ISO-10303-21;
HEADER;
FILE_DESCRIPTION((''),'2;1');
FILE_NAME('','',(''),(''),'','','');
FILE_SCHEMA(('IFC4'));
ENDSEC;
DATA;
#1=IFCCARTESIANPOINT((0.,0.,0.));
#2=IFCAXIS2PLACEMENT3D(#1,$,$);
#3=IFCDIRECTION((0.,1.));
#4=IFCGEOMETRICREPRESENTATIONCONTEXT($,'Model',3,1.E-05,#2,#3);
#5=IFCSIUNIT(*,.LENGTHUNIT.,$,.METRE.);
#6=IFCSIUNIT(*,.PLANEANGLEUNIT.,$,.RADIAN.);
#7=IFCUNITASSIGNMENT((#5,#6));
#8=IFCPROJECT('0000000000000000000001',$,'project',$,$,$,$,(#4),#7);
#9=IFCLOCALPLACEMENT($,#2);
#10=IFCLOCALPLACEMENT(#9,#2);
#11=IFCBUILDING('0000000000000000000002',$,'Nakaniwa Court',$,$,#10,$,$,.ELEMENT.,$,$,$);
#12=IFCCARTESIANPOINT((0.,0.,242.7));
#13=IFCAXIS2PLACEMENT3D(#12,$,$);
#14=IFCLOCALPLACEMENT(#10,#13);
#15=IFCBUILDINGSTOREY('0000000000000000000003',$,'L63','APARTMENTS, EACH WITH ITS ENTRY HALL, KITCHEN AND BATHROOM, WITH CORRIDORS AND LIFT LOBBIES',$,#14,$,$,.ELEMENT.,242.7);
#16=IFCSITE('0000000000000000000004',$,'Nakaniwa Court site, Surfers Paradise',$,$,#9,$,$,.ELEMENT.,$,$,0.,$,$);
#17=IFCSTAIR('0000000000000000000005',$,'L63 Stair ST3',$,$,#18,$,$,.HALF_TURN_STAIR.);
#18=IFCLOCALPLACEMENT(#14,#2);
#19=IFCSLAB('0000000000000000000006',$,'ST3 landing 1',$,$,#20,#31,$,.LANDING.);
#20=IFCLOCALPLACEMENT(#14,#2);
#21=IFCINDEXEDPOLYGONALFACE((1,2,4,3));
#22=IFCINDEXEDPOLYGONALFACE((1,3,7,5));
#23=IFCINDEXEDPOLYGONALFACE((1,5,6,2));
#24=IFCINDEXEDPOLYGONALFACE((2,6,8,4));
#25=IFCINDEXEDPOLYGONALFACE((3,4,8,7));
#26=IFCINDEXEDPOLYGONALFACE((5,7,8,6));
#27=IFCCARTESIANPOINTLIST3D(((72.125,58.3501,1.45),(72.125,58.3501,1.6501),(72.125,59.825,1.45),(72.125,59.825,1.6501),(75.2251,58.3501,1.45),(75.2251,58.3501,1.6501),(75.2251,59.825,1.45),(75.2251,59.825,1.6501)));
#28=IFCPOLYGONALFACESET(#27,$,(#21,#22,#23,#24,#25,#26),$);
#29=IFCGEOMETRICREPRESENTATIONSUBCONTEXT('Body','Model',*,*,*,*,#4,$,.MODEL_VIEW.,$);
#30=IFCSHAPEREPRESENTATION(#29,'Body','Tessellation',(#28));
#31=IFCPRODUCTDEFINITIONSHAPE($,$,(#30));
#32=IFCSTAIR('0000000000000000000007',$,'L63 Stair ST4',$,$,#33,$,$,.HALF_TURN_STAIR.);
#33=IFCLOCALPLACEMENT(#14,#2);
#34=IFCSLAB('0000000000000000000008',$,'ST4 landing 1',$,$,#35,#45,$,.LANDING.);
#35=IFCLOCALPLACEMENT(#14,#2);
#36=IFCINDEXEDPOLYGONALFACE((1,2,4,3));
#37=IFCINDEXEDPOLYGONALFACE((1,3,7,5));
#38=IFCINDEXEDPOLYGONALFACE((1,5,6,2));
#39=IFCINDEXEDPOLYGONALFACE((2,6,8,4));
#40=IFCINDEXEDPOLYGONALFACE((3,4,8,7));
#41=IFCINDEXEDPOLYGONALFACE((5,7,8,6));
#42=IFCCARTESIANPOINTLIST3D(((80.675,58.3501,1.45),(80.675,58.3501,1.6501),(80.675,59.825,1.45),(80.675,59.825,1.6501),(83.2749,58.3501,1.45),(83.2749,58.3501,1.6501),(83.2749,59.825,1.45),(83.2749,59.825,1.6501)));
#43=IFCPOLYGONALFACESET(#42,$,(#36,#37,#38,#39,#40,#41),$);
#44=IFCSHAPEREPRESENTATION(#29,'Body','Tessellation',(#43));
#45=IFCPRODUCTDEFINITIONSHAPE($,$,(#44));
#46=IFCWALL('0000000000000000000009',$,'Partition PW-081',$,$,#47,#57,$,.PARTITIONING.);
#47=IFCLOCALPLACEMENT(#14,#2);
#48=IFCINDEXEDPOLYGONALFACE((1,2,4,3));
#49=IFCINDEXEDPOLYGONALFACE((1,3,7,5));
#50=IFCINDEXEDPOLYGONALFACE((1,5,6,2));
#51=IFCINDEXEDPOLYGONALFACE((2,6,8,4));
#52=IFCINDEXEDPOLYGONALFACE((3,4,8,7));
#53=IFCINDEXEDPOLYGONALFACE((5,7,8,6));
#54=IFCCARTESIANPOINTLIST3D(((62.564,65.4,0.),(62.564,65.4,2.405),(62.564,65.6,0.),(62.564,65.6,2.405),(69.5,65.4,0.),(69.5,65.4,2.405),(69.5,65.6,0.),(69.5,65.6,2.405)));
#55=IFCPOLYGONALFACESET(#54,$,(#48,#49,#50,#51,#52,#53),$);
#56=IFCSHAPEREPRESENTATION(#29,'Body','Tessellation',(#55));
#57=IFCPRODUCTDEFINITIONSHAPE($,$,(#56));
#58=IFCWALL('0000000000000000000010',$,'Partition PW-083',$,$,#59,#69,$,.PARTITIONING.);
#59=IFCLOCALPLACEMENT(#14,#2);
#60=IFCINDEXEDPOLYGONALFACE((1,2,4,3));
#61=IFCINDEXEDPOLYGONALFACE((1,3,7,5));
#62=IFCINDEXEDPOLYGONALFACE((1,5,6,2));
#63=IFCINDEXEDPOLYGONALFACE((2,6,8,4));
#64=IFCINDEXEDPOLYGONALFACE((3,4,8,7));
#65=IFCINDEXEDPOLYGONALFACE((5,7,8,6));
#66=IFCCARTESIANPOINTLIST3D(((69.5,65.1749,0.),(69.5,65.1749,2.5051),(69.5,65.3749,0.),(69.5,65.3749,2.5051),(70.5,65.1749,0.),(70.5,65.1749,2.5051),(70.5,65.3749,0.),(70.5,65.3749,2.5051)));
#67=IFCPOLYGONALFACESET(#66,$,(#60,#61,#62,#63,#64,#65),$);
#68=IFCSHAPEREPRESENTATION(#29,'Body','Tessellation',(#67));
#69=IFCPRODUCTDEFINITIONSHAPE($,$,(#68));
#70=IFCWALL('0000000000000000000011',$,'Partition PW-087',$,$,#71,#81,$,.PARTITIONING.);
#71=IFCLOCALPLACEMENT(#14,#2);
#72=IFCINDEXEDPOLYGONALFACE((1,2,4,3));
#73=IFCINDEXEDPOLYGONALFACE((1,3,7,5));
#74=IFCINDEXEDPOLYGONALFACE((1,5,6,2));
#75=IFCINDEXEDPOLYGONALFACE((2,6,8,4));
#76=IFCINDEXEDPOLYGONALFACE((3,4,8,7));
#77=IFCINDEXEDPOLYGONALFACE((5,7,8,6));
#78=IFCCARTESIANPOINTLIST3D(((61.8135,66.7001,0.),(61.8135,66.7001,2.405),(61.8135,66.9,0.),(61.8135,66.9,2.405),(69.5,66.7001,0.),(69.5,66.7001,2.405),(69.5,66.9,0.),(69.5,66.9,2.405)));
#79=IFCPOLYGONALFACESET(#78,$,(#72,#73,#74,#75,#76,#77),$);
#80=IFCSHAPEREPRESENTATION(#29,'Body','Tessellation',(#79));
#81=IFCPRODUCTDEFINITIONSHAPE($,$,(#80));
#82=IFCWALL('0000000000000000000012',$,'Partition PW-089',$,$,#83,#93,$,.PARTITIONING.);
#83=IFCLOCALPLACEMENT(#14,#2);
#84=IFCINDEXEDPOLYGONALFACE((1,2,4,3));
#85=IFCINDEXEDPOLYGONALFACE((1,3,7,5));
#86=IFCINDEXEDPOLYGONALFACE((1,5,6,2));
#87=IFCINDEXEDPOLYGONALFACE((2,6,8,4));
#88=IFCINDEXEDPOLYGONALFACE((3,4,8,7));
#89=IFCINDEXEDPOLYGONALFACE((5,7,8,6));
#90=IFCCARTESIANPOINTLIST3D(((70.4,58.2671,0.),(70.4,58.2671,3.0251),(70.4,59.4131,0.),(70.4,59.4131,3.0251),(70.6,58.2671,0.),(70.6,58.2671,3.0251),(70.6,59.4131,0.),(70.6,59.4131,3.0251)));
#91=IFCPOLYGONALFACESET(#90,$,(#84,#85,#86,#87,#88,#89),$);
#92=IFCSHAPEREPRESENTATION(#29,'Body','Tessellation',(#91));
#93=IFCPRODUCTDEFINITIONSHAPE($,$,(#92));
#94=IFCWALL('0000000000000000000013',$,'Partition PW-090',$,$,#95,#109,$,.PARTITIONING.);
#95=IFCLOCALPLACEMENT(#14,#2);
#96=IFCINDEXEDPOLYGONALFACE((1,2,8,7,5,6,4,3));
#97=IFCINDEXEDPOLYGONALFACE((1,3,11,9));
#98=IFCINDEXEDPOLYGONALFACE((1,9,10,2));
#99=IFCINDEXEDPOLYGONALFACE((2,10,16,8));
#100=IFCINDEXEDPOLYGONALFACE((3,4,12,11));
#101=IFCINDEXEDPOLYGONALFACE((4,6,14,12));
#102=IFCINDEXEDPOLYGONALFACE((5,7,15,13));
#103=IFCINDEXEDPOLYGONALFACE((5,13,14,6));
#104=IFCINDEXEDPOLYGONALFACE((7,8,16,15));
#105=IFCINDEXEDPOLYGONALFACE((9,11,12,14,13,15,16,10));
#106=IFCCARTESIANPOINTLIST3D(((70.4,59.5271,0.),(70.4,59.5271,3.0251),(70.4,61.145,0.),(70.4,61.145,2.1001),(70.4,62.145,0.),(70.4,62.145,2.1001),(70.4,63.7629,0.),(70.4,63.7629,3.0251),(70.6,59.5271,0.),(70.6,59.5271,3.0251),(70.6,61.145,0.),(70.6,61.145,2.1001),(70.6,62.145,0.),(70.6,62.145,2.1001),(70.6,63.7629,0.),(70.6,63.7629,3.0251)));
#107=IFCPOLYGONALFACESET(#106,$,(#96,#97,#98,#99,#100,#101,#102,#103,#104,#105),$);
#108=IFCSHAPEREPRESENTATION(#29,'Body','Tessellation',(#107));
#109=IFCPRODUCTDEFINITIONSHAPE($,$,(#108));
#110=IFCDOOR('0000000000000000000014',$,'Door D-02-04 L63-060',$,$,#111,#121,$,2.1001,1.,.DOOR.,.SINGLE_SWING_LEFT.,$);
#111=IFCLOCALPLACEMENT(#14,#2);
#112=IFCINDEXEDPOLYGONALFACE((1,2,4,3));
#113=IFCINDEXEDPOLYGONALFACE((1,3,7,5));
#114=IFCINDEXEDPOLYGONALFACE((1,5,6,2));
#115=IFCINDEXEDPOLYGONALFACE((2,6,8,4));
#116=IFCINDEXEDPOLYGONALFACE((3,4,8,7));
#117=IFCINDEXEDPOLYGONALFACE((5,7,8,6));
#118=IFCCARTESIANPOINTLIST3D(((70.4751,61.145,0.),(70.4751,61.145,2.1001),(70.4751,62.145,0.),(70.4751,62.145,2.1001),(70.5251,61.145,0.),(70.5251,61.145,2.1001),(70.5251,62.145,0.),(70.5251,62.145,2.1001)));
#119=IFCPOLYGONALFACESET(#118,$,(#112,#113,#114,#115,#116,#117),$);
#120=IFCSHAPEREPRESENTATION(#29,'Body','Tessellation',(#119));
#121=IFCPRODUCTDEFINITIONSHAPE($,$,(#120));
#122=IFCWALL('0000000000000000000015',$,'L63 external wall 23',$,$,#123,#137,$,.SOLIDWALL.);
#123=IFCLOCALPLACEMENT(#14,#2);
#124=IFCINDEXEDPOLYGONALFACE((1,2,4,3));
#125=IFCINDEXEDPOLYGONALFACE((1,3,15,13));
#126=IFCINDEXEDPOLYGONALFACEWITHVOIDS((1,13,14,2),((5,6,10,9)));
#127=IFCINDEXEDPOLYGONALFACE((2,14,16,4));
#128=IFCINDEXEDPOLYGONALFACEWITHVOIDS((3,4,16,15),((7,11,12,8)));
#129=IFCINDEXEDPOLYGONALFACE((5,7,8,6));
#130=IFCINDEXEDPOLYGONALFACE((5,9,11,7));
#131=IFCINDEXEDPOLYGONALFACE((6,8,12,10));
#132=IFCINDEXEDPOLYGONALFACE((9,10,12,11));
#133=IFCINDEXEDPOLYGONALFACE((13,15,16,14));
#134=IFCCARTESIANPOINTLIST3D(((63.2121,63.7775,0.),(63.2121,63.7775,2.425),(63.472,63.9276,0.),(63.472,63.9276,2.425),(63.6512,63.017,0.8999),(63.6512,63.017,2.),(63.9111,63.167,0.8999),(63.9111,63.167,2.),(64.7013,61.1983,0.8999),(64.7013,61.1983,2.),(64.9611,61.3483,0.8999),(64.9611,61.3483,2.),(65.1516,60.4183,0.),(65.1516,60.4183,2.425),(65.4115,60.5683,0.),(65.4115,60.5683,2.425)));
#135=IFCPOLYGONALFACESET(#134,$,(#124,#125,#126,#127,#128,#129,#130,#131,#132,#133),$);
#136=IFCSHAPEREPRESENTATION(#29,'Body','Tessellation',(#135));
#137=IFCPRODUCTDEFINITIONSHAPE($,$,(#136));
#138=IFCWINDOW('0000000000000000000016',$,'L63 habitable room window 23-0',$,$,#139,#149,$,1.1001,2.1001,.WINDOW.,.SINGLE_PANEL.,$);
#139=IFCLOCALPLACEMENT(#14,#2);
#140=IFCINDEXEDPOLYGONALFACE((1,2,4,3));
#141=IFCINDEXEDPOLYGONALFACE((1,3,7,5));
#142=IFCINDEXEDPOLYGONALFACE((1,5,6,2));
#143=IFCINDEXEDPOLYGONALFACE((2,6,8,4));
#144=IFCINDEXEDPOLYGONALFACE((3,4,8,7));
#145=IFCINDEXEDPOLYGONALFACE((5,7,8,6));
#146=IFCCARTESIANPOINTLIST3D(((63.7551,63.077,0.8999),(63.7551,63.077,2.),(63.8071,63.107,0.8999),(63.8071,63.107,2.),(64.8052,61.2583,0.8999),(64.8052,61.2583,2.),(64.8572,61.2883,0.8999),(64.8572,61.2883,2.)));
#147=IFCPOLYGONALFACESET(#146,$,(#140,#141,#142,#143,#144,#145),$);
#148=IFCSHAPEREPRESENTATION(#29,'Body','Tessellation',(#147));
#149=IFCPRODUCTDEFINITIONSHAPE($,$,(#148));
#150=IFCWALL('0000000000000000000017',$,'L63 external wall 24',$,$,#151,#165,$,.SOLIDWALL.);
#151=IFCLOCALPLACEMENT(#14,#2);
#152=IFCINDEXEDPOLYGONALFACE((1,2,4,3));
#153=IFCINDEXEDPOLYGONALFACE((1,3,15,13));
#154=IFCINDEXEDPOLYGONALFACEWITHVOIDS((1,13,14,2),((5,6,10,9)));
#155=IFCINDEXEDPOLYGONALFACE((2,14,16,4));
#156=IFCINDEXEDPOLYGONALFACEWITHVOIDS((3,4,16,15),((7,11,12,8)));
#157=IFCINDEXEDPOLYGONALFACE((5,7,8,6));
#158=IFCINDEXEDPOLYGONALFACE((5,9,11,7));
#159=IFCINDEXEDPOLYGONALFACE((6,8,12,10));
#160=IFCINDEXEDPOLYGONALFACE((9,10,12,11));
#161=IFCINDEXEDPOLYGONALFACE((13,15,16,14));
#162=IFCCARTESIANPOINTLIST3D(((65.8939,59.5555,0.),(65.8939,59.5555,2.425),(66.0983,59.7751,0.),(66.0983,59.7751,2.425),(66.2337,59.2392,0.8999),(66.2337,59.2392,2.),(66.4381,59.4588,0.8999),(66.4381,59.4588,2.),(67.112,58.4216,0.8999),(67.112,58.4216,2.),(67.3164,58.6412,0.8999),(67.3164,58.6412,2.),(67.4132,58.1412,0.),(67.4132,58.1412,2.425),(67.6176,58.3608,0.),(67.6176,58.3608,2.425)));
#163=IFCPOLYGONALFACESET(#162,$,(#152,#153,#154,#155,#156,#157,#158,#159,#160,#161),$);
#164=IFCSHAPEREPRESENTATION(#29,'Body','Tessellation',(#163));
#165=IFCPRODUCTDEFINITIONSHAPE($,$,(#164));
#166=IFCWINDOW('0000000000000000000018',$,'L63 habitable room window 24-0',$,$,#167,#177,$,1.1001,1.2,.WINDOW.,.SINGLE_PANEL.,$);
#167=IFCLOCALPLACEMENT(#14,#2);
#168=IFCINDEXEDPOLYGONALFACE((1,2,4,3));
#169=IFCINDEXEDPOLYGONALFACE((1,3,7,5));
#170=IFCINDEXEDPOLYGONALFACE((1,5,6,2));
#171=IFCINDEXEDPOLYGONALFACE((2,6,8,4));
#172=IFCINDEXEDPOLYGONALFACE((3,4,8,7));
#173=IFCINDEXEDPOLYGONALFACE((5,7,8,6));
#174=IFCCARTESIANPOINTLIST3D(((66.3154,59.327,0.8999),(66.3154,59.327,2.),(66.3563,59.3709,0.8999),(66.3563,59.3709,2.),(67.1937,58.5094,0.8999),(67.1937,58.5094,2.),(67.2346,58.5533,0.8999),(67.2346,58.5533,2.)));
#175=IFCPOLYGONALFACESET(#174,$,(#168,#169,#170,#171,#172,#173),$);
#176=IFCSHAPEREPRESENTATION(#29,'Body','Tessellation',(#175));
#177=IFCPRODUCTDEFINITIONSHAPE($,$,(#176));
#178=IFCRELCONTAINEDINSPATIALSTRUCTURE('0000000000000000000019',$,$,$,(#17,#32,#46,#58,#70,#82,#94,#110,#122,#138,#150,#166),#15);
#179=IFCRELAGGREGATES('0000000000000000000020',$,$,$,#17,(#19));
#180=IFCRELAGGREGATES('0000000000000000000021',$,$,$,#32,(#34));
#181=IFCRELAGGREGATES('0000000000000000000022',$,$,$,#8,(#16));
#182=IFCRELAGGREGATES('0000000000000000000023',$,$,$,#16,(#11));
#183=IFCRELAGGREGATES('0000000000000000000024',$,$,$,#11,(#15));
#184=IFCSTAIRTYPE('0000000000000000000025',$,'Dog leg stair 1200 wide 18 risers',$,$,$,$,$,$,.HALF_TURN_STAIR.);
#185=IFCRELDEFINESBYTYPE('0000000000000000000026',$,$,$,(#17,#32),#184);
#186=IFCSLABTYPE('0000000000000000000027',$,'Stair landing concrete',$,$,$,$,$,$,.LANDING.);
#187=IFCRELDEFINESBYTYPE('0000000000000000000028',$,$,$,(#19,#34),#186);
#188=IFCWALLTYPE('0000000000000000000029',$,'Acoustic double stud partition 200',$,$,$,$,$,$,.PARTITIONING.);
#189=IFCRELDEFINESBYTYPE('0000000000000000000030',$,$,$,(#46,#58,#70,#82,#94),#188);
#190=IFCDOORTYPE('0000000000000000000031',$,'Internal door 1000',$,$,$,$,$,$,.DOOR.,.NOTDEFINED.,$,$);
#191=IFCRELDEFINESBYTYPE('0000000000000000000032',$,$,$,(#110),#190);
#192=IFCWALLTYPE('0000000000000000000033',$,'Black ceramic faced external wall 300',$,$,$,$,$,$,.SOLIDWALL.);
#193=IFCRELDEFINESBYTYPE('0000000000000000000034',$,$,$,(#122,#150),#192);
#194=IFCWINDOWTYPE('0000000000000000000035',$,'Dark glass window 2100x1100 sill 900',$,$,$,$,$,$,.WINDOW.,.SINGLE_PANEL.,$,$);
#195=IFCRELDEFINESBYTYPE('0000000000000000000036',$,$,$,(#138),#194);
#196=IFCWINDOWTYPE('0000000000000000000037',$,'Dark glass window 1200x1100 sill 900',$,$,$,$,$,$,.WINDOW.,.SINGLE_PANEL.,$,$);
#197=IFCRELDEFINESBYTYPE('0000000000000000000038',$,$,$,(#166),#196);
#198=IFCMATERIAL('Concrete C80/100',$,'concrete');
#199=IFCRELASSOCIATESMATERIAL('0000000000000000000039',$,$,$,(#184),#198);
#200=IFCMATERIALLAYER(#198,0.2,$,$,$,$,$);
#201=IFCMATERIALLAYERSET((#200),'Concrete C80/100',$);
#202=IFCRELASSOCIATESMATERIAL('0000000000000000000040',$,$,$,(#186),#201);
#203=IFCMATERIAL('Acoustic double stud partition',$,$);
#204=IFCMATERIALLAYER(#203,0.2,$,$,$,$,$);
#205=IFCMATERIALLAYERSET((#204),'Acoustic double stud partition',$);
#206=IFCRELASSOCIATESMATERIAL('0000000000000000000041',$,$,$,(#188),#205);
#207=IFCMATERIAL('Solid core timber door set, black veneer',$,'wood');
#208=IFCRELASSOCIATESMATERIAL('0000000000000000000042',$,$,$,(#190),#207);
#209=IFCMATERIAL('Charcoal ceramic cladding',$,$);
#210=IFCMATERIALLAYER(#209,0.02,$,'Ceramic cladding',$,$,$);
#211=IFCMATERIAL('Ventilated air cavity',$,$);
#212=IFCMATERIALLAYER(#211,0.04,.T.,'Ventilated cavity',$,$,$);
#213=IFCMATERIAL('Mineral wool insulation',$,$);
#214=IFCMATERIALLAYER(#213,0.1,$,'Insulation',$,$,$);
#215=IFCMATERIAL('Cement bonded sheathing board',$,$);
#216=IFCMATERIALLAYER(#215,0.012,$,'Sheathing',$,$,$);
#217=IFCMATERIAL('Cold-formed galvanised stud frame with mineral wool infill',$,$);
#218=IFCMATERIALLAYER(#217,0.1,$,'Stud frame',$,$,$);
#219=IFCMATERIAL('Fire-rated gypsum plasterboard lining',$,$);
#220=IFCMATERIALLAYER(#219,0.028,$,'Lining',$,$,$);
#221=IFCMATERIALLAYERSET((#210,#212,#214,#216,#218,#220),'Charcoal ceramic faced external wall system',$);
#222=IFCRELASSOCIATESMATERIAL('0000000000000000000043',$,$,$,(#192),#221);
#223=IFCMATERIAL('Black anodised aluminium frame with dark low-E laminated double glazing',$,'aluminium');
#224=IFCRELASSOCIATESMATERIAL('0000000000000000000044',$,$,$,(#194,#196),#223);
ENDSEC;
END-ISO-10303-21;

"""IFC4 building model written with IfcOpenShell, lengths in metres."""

from ifc_helpers import new_model, si_unit, direction, frame, frame_2d, origin, place, context, subcontext, project, spatial, polyline, rectangle, outline, extrude, material, layer, layer_set, type_object, element, fill, aggregate, save


model = new_model("IFC4")

# Units and contexts
model_context = context("Model", 3, precision=1e-05, world=origin(), true_north=direction((0.0, 1.0)))
body_context = subcontext(model_context, "Body", "Model", "MODEL_VIEW")
ifc_project = project(units=[si_unit("LENGTHUNIT", "METRE"), si_unit("PLANEANGLEUNIT", "RADIAN")], contexts=[model_context])

# Site, building, storey
site_placement = place(None, origin())
site = spatial("IfcSite", under=ifc_project, at=site_placement, Name="Nakaniwa Court site, Surfers Paradise", CompositionType="ELEMENT", RefElevation=0.0)
building_placement = place(site_placement, origin())
building = spatial("IfcBuilding", under=site, at=building_placement, Name="Nakaniwa Court", CompositionType="ELEMENT")
storey_placement = place(building_placement, frame((0.0, 0.0, 242.7)))
storey = spatial("IfcBuildingStorey", under=building, at=storey_placement, Name="L63", Description="APARTMENTS, EACH WITH ITS ENTRY HALL, KITCHEN AND BATHROOM, WITH CORRIDORS AND LIFT LOBBIES", CompositionType="ELEMENT", Elevation=242.7)

# Shared definitions
ifc_material_1 = material(Name="Concrete C80/100", Category="concrete")

# Stairs, slabs
stair_type = type_object("IfcStairType", Name="Dog leg stair 1200 wide 18 risers", PredefinedType="HALF_TURN_STAIR", material=ifc_material_1)
ifc_layer_1 = layer(ifc_material_1, 0.2)
ifc_layer_set_1 = layer_set([ifc_layer_1], Name="Concrete C80/100")
slab_type_1 = type_object("IfcSlabType", Name="Stair landing concrete", PredefinedType="LANDING", material=ifc_layer_set_1)
stair_1_placement = place(storey_placement, origin())
stair_1 = element("IfcStair", 1, at=stair_1_placement, inside=storey, type_object=stair_type, Name="L63 Stair ST3", PredefinedType="HALF_TURN_STAIR")
slab_1_placement = place(storey_placement, frame((0.0, 0.0, 1.45)))
slab_1 = element("IfcSlab", 2, at=slab_1_placement, type_object=slab_type_1, Name="ST3 landing 1", PredefinedType="LANDING", context=body_context, shape_type="SweptSolid", body=[
    extrude(outline(polyline([(75.2251, 58.3501), (75.2251, 59.825), (72.125, 59.825), (72.125, 58.3501), (75.2251, 58.3501)])), origin(), (0.0, 0.0, 1.0), 0.2002),
])
aggregate(stair_1, [slab_1])
stair_2_placement = place(storey_placement, origin())
stair_2 = element("IfcStair", 3, at=stair_2_placement, inside=storey, type_object=stair_type, Name="L63 Stair ST4", PredefinedType="HALF_TURN_STAIR")
slab_2_placement = place(storey_placement, frame((0.0, 0.0, 1.45)))
slab_2 = element("IfcSlab", 4, at=slab_2_placement, type_object=slab_type_1, Name="ST4 landing 1", PredefinedType="LANDING", context=body_context, shape_type="SweptSolid", body=[
    extrude(outline(polyline([(83.2749, 58.3501), (83.2749, 59.825), (80.675, 59.825), (80.675, 58.3501), (83.2749, 58.3501)])), origin(), (0.0, 0.0, 1.0), 0.2002),
])
aggregate(stair_2, [slab_2])

# Walls
ifc_material_2 = material(Name="Acoustic double stud partition")
ifc_layer_2 = layer(ifc_material_2, 0.2)
ifc_layer_set_2 = layer_set([ifc_layer_2], Name="Acoustic double stud partition")
wall_type_1 = type_object("IfcWallType", Name="Acoustic double stud partition 200", PredefinedType="PARTITIONING", material=ifc_layer_set_2)
wall_1_placement = place(storey_placement, frame((62.564, 65.5, 0.0), z_axis=(0.0, 0.0, 1.0), x_axis=(1.0, 0.0, 0.0)))
element("IfcWall", 5, at=wall_1_placement, inside=storey, type_object=wall_type_1, Name="Partition PW-081", PredefinedType="PARTITIONING", context=body_context, shape_type="SweptSolid", body=[
    extrude(rectangle(XDim=6.936, YDim=0.2, at=frame_2d((3.468, 0.0))), origin(), (0.0, 0.0, 1.0), 2.405),
])
wall_2_placement = place(storey_placement, frame((69.5, 65.2749, 0.0), z_axis=(0.0, 0.0, 1.0), x_axis=(1.0, 0.0, 0.0)))
element("IfcWall", 6, at=wall_2_placement, inside=storey, type_object=wall_type_1, Name="Partition PW-083", PredefinedType="PARTITIONING", context=body_context, shape_type="SweptSolid", body=[
    extrude(rectangle(XDim=1.0, YDim=0.2, at=frame_2d((0.5, 0.0))), origin(), (0.0, 0.0, 1.0), 2.5051),
])
wall_3_placement = place(storey_placement, frame((61.8135, 66.8, 0.0), z_axis=(0.0, 0.0, 1.0), x_axis=(1.0, 0.0, 0.0)))
element("IfcWall", 7, at=wall_3_placement, inside=storey, type_object=wall_type_1, Name="Partition PW-087", PredefinedType="PARTITIONING", context=body_context, shape_type="SweptSolid", body=[
    extrude(rectangle(XDim=7.6865, YDim=0.2, at=frame_2d((3.8433, 0.0))), origin(), (0.0, 0.0, 1.0), 2.405),
])
wall_4_placement = place(storey_placement, frame((70.5, 58.2671, 0.0), z_axis=(0.0, 0.0, 1.0), x_axis=(0.0, 1.0, 0.0)))
element("IfcWall", 8, at=wall_4_placement, inside=storey, type_object=wall_type_1, Name="Partition PW-089", PredefinedType="PARTITIONING", context=body_context, shape_type="SweptSolid", body=[
    extrude(rectangle(XDim=1.146, YDim=0.2, at=frame_2d((0.573, 0.0))), origin(), (0.0, 0.0, 1.0), 3.0251),
])

# Wall, opening, door
wall_5_placement = place(storey_placement, frame((70.5, 59.5271, 0.0), z_axis=(0.0, 0.0, 1.0), x_axis=(0.0, 1.0, 0.0)))
wall_5 = element("IfcWall", 9, at=wall_5_placement, inside=storey, type_object=wall_type_1, Name="Partition PW-090", PredefinedType="PARTITIONING", context=body_context, shape_type="SweptSolid", body=[
    extrude(rectangle(XDim=4.2358, YDim=0.2, at=frame_2d((2.1179, 0.0))), origin(), (0.0, 0.0, 1.0), 3.0251),
])
opening_1_placement = place(wall_5_placement, frame((1.6179, 0.0, 0.0)))
opening_1 = element("IfcOpeningElement", 10, at=opening_1_placement, cuts=wall_5, PredefinedType="OPENING", context=body_context, shape_type="SweptSolid", body=[
    extrude(rectangle(XDim=1.0, YDim=2.1001, at=frame_2d((0.5, 1.05))), frame((0.0, 0.1099, 0.0), z_axis=(0.0, -1.0, 0.0), x_axis=(1.0, 0.0, 0.0)), (0.0, 0.0, 1.0), 0.22),
])
ifc_material_3 = material(Name="Solid core timber door set, black veneer", Category="wood")
door_type = type_object("IfcDoorType", Name="Internal door 1000", OperationType="NOTDEFINED", PredefinedType="DOOR", material=ifc_material_3)
door_placement = place(opening_1_placement, origin())
door = element("IfcDoor", 11, at=door_placement, inside=storey, type_object=door_type, Name="Door D-02-04 L63-060", OperationType="SINGLE_SWING_LEFT", OverallHeight=2.1001, OverallWidth=1.0, PredefinedType="DOOR", context=body_context, shape_type="SweptSolid", body=[
    extrude(rectangle(XDim=1.0, YDim=2.1001, at=frame_2d((0.5, 1.05))), frame((0.0, 0.0249, 0.0), z_axis=(0.0, -1.0, 0.0), x_axis=(1.0, 0.0, 0.0)), (0.0, 0.0, 1.0), 0.05),
])
fill(opening_1, door)

# Walls, openings, windows
ifc_material_4 = material(Name="Charcoal ceramic cladding")
ifc_layer_3 = layer(ifc_material_4, 0.02, Name="Ceramic cladding")
ifc_material_5 = material(Name="Ventilated air cavity")
ifc_layer_4 = layer(ifc_material_5, 0.04, ventilated=True, Name="Ventilated cavity")
ifc_material_6 = material(Name="Mineral wool insulation")
ifc_layer_5 = layer(ifc_material_6, 0.1, Name="Insulation")
ifc_material_7 = material(Name="Cement bonded sheathing board")
ifc_layer_6 = layer(ifc_material_7, 0.012, Name="Sheathing")
ifc_material_8 = material(Name="Cold-formed galvanised stud frame with mineral wool infill")
ifc_layer_7 = layer(ifc_material_8, 0.1, Name="Stud frame")
ifc_material_9 = material(Name="Fire-rated gypsum plasterboard lining")
ifc_layer_8 = layer(ifc_material_9, 0.028, Name="Lining")
ifc_layer_set_3 = layer_set([ifc_layer_3, ifc_layer_4, ifc_layer_5, ifc_layer_6, ifc_layer_7, ifc_layer_8], Name="Charcoal ceramic faced external wall system")
wall_type_2 = type_object("IfcWallType", Name="Black ceramic faced external wall 300", PredefinedType="SOLIDWALL", material=ifc_layer_set_3)
wall_6_placement = place(storey_placement, frame((63.342, 63.8525, 0.0), z_axis=(0.0, 0.0, 1.0), x_axis=(0.500011, -0.866019, 0.0)))
wall_6 = element("IfcWall", 12, at=wall_6_placement, inside=storey, type_object=wall_type_2, Name="L63 external wall 23", PredefinedType="SOLIDWALL", context=body_context, shape_type="SweptSolid", body=[
    extrude(rectangle(XDim=3.8789, YDim=0.3, at=frame_2d((1.9395, 0.0))), origin(), (0.0, 0.0, 1.0), 2.425),
])
opening_2_placement = place(wall_6_placement, frame((0.8782, 0.0, 0.8999)))
opening_2 = element("IfcOpeningElement", 13, at=opening_2_placement, cuts=wall_6, PredefinedType="OPENING", context=body_context, shape_type="SweptSolid", body=[
    extrude(rectangle(XDim=2.1001, YDim=1.1001, at=frame_2d((1.05, 0.55))), frame((0.0, 0.1599, 0.0), z_axis=(0.0, -1.0, 0.0), x_axis=(1.0, 0.0, 0.0)), (0.0, 0.0, 1.0), 0.3201),
])
ifc_material_10 = material(Name="Black anodised aluminium frame with dark low-E laminated double glazing", Category="aluminium")
window_type_1 = type_object("IfcWindowType", Name="Dark glass window 2100x1100 sill 900", PartitioningType="SINGLE_PANEL", PredefinedType="WINDOW", material=ifc_material_10)
window_1_placement = place(opening_2_placement, origin())
window_1 = element("IfcWindow", 14, at=window_1_placement, inside=storey, type_object=window_type_1, Name="L63 habitable room window 23-0", OverallHeight=1.1001, OverallWidth=2.1001, PartitioningType="SINGLE_PANEL", PredefinedType="WINDOW", context=body_context, shape_type="SweptSolid", body=[
    extrude(rectangle(XDim=2.1001, YDim=1.1001, at=frame_2d((1.05, 0.55))), frame((0.0, 0.03, 0.0), z_axis=(0.0, -1.0, 0.0), x_axis=(1.0, 0.0, 0.0)), (0.0, 0.0, 1.0), 0.0601),
])
fill(opening_2, window_1)
wall_7_placement = place(storey_placement, frame((65.9961, 59.6653, 0.0), z_axis=(0.0, 0.0, 1.0), x_axis=(0.731943, -0.681366, 0.0)))
wall_7 = element("IfcWall", 15, at=wall_7_placement, inside=storey, type_object=wall_type_2, Name="L63 external wall 24", PredefinedType="SOLIDWALL", context=body_context, shape_type="SweptSolid", body=[
    extrude(rectangle(XDim=2.0757, YDim=0.3, at=frame_2d((1.0378, 0.0))), origin(), (0.0, 0.0, 1.0), 2.425),
])
opening_3_placement = place(wall_7_placement, frame((0.4641, 0.0, 0.8999)))
opening_3 = element("IfcOpeningElement", 16, at=opening_3_placement, cuts=wall_7, PredefinedType="OPENING", context=body_context, shape_type="SweptSolid", body=[
    extrude(rectangle(XDim=1.2, YDim=1.1001, at=frame_2d((0.6001, 0.55))), frame((0.0, 0.1599, 0.0), z_axis=(0.0, -1.0, 0.0), x_axis=(1.0, 0.0, 0.0)), (0.0, 0.0, 1.0), 0.3201),
])
window_type_2 = type_object("IfcWindowType", Name="Dark glass window 1200x1100 sill 900", PartitioningType="SINGLE_PANEL", PredefinedType="WINDOW", material=ifc_material_10)
window_2_placement = place(opening_3_placement, origin())
window_2 = element("IfcWindow", 17, at=window_2_placement, inside=storey, type_object=window_type_2, Name="L63 habitable room window 24-0", OverallHeight=1.1001, OverallWidth=1.2, PartitioningType="SINGLE_PANEL", PredefinedType="WINDOW", context=body_context, shape_type="SweptSolid", body=[
    extrude(rectangle(XDim=1.2, YDim=1.1001, at=frame_2d((0.6001, 0.55))), frame((0.0, 0.03, 0.0), z_axis=(0.0, -1.0, 0.0), x_axis=(1.0, 0.0, 0.0)), (0.0, 0.0, 1.0), 0.0601),
])
fill(opening_3, window_2)

save(model, "model.ifc")
